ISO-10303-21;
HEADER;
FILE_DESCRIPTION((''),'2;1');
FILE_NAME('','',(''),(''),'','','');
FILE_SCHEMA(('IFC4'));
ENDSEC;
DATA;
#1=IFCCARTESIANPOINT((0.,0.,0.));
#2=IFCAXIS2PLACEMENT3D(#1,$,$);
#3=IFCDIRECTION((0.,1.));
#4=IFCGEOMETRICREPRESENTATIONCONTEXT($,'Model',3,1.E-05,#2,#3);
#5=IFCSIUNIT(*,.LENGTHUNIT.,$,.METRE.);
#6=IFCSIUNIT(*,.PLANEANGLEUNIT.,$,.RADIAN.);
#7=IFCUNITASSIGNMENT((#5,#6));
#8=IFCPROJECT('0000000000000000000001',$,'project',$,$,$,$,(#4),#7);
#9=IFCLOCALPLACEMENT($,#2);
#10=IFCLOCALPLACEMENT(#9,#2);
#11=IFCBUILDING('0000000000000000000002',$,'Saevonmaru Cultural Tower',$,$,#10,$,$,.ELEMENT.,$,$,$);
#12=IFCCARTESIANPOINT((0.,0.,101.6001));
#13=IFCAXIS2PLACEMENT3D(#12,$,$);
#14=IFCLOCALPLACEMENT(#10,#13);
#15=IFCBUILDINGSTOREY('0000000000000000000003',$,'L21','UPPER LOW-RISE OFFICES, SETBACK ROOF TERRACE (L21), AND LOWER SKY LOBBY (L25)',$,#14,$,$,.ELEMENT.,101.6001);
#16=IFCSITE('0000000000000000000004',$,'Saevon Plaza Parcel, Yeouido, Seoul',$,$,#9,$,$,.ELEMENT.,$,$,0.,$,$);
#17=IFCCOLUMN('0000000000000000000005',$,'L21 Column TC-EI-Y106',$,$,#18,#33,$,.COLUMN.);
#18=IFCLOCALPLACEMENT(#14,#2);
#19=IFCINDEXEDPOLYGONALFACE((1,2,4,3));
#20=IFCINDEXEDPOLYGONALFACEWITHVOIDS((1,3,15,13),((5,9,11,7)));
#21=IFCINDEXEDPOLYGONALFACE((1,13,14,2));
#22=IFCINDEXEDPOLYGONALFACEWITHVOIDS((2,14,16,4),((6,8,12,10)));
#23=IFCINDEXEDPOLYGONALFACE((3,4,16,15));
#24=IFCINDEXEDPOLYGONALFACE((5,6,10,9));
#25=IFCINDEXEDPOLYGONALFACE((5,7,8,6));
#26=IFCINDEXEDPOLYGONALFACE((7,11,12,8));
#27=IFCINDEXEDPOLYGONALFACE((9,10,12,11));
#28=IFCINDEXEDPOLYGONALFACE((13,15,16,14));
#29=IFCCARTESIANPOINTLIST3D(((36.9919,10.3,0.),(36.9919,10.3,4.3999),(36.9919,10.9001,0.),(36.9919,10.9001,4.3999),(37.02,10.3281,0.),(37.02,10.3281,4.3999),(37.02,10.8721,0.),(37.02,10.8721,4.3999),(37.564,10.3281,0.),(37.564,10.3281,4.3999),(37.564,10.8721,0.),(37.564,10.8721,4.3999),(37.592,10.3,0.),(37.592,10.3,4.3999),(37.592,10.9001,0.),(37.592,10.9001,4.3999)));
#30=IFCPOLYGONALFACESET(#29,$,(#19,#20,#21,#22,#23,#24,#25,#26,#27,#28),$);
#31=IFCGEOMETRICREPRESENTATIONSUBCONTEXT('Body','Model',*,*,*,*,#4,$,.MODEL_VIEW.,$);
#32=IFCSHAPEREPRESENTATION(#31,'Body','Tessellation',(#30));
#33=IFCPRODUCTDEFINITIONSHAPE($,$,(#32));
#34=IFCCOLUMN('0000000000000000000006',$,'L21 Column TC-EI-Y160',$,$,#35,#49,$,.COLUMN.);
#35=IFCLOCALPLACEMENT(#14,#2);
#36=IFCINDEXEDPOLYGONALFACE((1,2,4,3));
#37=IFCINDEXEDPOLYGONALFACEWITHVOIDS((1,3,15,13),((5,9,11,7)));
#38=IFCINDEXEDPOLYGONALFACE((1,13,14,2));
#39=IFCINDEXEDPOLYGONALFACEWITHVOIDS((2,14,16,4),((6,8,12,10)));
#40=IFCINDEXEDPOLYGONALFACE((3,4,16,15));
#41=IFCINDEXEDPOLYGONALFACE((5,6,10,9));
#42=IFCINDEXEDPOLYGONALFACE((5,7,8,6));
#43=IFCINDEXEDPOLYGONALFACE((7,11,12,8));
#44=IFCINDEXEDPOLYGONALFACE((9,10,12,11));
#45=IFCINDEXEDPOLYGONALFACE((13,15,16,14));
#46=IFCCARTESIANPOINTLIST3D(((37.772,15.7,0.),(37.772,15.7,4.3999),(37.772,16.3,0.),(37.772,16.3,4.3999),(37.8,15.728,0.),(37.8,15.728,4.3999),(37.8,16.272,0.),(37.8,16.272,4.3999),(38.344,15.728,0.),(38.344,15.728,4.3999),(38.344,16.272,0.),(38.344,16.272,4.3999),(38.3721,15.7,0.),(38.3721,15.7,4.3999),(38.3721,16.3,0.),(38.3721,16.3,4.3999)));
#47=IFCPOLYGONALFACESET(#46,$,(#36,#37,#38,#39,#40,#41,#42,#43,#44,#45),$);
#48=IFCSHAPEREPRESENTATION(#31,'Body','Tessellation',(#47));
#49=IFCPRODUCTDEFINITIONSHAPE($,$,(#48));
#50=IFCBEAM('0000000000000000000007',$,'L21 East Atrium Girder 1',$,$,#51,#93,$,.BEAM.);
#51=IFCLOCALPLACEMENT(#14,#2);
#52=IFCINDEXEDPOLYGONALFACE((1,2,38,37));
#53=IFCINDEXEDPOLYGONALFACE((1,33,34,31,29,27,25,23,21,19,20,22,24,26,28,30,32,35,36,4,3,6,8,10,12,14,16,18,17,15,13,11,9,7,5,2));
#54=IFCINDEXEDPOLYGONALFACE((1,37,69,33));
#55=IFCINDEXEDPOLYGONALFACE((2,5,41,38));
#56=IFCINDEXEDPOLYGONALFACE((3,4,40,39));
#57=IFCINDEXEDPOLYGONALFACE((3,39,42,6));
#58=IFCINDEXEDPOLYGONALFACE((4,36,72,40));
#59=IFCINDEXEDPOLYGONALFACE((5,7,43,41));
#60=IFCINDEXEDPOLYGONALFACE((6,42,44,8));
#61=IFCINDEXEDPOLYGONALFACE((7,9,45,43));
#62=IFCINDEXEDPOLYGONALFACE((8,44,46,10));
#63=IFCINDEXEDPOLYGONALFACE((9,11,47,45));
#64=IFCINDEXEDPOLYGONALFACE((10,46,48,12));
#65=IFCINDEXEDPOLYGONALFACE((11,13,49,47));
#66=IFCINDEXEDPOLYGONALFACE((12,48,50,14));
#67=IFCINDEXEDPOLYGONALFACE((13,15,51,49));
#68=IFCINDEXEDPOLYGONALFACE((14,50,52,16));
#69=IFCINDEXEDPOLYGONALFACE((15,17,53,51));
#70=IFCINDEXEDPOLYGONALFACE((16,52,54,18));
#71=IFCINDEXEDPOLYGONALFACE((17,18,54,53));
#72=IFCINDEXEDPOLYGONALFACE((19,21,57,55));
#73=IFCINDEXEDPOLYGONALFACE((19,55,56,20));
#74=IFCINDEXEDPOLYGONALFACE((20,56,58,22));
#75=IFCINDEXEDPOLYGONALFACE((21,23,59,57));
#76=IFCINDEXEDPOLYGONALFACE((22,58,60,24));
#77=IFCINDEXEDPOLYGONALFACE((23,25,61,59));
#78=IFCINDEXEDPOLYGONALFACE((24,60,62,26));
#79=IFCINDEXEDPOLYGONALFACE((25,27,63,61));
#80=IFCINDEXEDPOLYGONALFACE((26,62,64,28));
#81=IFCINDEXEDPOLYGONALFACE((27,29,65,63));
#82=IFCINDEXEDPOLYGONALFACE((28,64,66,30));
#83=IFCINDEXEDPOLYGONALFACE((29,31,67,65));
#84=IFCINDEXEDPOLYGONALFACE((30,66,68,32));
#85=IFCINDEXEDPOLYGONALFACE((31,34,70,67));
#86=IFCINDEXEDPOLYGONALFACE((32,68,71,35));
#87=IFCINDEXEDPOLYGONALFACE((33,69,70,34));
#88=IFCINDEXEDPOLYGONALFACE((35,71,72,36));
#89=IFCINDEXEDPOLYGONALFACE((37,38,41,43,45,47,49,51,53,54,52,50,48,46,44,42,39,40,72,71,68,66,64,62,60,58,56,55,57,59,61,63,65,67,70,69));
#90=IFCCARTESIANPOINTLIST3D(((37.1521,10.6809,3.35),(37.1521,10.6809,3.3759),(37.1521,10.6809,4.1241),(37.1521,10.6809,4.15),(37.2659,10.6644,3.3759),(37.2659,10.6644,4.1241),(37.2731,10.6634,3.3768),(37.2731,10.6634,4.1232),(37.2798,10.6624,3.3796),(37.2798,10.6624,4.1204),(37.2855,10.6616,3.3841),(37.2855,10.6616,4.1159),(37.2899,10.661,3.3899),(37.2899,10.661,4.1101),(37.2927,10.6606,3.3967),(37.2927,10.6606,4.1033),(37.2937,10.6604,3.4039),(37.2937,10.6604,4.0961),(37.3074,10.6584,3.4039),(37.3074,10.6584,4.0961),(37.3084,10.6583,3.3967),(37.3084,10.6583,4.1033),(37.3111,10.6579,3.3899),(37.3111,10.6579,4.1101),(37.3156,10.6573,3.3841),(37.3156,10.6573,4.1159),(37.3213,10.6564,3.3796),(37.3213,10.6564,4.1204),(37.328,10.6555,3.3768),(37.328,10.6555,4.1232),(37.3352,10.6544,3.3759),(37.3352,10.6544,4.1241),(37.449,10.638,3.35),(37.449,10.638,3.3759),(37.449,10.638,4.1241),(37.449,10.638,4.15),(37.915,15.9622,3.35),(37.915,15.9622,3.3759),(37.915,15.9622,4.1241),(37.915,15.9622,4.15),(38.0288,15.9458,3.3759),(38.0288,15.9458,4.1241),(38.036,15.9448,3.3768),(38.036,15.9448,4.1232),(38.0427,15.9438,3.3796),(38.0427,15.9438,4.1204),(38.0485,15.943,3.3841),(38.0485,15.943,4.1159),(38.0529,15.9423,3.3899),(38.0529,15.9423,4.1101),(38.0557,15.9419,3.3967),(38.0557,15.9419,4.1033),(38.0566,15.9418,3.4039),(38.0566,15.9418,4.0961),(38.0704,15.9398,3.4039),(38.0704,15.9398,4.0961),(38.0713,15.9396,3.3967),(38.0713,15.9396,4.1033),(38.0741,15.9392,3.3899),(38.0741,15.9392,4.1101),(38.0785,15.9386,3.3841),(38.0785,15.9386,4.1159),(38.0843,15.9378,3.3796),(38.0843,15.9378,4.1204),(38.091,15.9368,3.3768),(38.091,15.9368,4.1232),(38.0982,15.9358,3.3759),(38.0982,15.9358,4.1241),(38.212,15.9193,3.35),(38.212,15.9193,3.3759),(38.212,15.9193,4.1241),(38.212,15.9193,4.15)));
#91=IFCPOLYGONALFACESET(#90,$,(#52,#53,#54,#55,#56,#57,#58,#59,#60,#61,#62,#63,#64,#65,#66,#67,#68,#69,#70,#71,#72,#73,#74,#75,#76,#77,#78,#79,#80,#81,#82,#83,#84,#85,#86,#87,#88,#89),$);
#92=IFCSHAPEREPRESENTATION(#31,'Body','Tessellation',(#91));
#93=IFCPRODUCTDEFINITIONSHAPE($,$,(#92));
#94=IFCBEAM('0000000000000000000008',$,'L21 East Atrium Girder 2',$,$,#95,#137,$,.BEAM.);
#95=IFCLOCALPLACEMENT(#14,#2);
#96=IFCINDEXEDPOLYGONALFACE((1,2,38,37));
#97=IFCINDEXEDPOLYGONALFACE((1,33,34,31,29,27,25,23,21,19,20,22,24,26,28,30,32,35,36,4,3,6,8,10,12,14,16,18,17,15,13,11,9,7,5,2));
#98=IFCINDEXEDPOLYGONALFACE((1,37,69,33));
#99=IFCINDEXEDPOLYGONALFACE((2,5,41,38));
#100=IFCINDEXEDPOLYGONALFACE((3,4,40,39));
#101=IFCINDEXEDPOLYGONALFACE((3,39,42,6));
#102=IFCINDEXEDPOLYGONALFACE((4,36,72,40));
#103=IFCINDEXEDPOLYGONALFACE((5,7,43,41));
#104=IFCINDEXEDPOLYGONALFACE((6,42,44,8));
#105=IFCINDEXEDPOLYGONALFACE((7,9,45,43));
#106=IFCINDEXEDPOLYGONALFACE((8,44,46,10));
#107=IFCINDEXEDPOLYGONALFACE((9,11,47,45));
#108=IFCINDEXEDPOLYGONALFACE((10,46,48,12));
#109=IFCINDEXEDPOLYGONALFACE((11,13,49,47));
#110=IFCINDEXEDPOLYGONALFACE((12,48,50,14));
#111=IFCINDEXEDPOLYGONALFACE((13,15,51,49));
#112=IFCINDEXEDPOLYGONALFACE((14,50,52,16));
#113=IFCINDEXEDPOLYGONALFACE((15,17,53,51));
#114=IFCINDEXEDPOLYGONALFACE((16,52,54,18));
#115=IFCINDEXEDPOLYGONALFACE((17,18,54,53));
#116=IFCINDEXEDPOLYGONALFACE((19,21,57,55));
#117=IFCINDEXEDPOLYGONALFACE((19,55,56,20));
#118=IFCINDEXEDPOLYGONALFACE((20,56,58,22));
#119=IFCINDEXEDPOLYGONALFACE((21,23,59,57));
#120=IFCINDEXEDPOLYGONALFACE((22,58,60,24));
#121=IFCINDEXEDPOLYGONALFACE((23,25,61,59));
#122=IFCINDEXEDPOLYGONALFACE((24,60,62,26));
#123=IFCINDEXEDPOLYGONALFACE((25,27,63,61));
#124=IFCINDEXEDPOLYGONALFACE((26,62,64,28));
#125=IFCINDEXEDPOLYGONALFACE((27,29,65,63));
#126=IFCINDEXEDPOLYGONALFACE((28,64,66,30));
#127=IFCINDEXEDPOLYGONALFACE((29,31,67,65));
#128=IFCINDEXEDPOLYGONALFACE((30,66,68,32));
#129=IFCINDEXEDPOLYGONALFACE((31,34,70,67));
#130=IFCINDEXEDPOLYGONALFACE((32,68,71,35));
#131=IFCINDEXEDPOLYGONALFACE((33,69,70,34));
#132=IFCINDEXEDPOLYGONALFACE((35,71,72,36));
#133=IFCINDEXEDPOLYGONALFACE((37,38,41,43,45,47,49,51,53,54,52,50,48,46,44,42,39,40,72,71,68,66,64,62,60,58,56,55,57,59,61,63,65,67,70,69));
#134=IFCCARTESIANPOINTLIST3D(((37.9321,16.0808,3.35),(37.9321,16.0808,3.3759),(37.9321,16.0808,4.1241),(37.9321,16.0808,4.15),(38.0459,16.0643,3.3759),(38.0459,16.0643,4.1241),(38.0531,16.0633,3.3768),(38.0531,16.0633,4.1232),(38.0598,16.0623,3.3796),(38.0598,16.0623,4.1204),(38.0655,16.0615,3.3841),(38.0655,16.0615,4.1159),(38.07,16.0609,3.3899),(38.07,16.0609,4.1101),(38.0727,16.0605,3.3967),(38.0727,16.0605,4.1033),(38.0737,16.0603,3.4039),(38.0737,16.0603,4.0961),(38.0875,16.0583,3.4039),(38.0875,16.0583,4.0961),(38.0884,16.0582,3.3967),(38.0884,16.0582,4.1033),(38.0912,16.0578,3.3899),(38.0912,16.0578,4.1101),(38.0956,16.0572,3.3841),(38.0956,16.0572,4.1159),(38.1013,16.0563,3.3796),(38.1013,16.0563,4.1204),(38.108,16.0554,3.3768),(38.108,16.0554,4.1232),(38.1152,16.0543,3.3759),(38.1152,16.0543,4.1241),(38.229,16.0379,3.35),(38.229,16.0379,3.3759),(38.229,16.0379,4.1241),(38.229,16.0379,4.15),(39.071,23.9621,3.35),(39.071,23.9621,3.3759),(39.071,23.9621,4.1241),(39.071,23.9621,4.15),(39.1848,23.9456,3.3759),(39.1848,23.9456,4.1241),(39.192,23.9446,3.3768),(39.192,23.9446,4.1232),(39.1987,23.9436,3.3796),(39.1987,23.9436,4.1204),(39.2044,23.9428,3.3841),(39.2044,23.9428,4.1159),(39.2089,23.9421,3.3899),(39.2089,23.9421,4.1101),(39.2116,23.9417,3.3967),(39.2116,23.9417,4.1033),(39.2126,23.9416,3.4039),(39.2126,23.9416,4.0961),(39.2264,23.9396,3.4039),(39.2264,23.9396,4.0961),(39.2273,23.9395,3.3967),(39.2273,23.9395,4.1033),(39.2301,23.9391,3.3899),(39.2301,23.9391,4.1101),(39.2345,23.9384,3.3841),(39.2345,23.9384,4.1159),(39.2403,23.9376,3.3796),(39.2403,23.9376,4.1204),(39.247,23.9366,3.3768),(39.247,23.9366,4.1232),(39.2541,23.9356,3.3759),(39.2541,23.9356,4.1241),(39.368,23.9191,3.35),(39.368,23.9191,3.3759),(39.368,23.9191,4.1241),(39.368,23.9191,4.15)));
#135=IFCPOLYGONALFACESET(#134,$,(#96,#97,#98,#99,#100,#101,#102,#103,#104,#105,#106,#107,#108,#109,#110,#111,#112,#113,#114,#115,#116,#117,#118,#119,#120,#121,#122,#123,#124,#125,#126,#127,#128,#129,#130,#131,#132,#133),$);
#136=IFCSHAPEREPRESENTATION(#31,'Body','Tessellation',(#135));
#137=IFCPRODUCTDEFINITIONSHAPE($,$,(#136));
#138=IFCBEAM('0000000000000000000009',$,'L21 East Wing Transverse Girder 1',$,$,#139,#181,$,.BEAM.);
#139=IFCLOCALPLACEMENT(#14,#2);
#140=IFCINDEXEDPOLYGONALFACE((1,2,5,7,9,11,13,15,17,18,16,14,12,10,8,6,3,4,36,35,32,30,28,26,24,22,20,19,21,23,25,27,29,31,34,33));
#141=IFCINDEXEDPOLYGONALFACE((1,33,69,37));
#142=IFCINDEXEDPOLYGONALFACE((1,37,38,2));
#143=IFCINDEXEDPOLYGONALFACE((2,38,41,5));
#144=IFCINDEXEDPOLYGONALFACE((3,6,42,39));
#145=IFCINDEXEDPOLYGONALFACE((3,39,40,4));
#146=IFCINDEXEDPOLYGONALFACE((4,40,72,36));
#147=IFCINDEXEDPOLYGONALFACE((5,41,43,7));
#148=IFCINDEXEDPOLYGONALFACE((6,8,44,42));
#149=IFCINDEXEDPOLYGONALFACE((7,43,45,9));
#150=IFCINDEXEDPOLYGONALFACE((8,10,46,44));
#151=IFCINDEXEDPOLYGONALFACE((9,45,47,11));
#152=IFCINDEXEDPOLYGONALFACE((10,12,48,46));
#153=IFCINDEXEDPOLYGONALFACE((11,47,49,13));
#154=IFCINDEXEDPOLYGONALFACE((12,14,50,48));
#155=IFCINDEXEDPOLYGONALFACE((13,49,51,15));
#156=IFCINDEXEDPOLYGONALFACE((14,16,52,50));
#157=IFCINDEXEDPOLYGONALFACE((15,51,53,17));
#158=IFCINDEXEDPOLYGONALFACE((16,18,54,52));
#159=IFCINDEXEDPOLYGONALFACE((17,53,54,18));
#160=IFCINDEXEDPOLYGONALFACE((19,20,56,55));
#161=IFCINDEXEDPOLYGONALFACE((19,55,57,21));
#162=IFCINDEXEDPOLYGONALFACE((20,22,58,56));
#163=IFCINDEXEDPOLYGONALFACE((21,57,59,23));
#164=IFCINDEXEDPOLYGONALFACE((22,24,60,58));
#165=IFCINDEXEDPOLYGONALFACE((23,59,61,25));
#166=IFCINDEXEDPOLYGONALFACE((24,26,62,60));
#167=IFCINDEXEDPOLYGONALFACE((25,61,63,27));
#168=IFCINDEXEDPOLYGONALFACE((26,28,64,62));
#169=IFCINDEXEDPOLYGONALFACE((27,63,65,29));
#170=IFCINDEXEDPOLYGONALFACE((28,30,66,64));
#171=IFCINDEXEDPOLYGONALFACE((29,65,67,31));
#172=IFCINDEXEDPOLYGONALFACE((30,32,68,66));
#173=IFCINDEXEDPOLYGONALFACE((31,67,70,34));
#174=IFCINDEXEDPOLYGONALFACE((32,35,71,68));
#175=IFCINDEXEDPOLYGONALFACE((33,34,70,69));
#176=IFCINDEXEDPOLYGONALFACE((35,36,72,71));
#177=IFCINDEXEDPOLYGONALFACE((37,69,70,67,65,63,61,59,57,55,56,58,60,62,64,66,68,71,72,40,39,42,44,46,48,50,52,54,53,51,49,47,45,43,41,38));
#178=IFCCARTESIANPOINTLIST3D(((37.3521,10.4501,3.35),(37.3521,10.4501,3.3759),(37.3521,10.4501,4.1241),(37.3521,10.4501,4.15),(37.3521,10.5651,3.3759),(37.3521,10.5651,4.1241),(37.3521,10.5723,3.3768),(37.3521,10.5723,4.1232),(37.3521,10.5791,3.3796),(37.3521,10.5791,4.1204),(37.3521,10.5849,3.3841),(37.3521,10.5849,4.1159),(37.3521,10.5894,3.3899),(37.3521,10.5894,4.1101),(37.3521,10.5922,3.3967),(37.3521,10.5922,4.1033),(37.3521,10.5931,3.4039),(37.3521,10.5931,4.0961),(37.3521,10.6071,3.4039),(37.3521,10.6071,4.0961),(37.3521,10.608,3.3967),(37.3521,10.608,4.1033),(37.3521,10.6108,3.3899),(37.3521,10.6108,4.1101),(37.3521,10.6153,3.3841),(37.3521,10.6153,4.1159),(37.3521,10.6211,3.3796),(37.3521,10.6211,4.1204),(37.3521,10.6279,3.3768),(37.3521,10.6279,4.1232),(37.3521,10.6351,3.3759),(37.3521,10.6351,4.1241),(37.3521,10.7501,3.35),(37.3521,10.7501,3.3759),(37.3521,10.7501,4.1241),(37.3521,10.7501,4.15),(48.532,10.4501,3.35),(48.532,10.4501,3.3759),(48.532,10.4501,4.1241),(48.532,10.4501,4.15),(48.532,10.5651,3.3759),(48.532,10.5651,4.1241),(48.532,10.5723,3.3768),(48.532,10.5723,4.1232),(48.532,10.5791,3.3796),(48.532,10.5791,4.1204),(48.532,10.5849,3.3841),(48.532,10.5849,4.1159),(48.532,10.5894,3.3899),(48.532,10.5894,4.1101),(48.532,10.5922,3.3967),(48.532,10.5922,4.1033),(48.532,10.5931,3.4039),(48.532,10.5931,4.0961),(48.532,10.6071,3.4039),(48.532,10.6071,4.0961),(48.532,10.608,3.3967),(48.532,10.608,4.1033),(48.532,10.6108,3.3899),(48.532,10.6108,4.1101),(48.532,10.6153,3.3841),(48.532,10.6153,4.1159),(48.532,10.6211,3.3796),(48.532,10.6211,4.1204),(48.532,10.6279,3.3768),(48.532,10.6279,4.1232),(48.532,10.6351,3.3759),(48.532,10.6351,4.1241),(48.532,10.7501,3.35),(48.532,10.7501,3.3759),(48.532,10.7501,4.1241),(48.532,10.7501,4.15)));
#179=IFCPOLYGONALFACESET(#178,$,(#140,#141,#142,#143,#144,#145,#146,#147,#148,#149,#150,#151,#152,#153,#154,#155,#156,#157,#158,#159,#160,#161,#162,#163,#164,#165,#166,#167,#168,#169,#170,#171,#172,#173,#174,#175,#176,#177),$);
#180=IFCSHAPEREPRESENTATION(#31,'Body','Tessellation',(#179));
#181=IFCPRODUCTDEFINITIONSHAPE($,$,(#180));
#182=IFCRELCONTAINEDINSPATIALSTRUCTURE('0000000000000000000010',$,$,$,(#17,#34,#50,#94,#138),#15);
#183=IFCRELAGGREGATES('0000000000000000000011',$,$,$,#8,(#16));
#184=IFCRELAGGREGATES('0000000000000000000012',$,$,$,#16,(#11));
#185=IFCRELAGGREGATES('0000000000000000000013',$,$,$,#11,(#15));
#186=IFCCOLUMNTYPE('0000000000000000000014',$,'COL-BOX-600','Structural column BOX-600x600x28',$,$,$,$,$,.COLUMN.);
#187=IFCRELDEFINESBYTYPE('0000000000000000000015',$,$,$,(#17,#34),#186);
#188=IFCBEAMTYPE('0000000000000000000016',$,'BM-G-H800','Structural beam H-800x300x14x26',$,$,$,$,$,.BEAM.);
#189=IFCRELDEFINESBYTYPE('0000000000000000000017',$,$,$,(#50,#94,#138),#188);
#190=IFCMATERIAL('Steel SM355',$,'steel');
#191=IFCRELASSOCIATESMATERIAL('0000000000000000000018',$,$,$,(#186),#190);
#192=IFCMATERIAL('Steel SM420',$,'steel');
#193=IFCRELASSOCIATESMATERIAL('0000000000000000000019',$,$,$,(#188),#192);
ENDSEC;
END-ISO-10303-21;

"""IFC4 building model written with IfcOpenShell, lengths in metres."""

from ifc_helpers import new_model, si_unit, direction, frame, origin, origin_2d, place, context, subcontext, project, spatial, hollow_rectangle, i_section, extrude, material, material_profile, profile_set, type_object, element, save


model = new_model("IFC4")

# Units and contexts
model_context = context("Model", 3, precision=1e-05, world=origin(), true_north=direction((0.0, 1.0)))
body_context = subcontext(model_context, "Body", "Model", "MODEL_VIEW")
ifc_project = project(units=[si_unit("LENGTHUNIT", "METRE"), si_unit("PLANEANGLEUNIT", "RADIAN")], contexts=[model_context])

# Site, building, storey
site_placement = place(None, origin())
site = spatial("IfcSite", under=ifc_project, at=site_placement, Name="Saevon Plaza Parcel, Yeouido, Seoul", CompositionType="ELEMENT", RefElevation=0.0)
building_placement = place(site_placement, origin())
building = spatial("IfcBuilding", under=site, at=building_placement, Name="Saevonmaru Cultural Tower", CompositionType="ELEMENT")
storey_placement = place(building_placement, frame((0.0, 0.0, 101.6001)))
storey = spatial("IfcBuildingStorey", under=building, at=storey_placement, Name="L21", Description="UPPER LOW-RISE OFFICES, SETBACK ROOF TERRACE (L21), AND LOWER SKY LOBBY (L25)", CompositionType="ELEMENT", Elevation=101.6001)

# Columns
ifc_material_1 = material(Name="Steel SM355", Category="steel")
ifc_material_profile_1 = material_profile(ifc_material_1, hollow_rectangle(XDim=0.6001, YDim=0.6001, WallThickness=0.0281, at=origin_2d()), Name="BOX-600x600x28")
ifc_profile_set_1 = profile_set([ifc_material_profile_1], Name="Steel SM355")
column_type = type_object("IfcColumnType", Name="COL-BOX-600", Description="Structural column BOX-600x600x28", PredefinedType="COLUMN", material=ifc_profile_set_1)
for number, where, z_axis, x_axis, name in (
    (1, (37.292, 10.6001, 0.0), (0.0, 0.0, 1.0), (1.0, 0.0, 0.0), "L21 Column TC-EI-Y106"),
    (2, (38.072, 16.0, 0.0), (0.0, 0.0, 1.0), (1.0, 0.0, 0.0), "L21 Column TC-EI-Y160"),
):
    element("IfcColumn", number, at=place(storey_placement, frame(where, z_axis=z_axis, x_axis=x_axis)), inside=storey, type_object=column_type, Name=name, PredefinedType="COLUMN", context=body_context, shape_type="SweptSolid", body=[
        extrude(hollow_rectangle(XDim=0.6001, YDim=0.6001, WallThickness=0.0281, at=origin_2d()), origin(), (0.0, 0.0, 1.0), 4.3999),
    ])

# Beams
ifc_material_2 = material(Name="Steel SM420", Category="steel")
ifc_material_profile_2 = material_profile(ifc_material_2, i_section(OverallWidth=0.3, OverallDepth=0.8, WebThickness=0.0139, FlangeThickness=0.0259, FilletRadius=0.0281, at=origin_2d()), Name="H-800x300x14x26")
ifc_profile_set_2 = profile_set([ifc_material_profile_2], Name="Steel SM420")
beam_type_1 = type_object("IfcBeamType", Name="BM-G-H800", Description="Structural beam H-800x300x14x26", PredefinedType="BEAM", material=ifc_profile_set_2)
beam_1_placement = place(storey_placement, frame((37.3005, 10.6594, 3.75), z_axis=(0.142978, 0.989726, 0.0), x_axis=(-0.989726, 0.142978, 0.0)))
element("IfcBeam", 3, at=beam_1_placement, inside=storey, type_object=beam_type_1, Name="L21 East Atrium Girder 1", PredefinedType="BEAM", context=body_context, shape_type="SweptSolid", body=[
    extrude(i_section(OverallWidth=0.3, OverallDepth=0.8, WebThickness=0.0139, FlangeThickness=0.0259, FilletRadius=0.0281, at=origin_2d()), origin(), (0.0, 0.0, 1.0), 5.3362),
])
beam_2_placement = place(storey_placement, frame((38.0806, 16.0593, 3.75), z_axis=(0.143022, 0.989719, 0.0), x_axis=(-0.989719, 0.143022, 0.0)))
element("IfcBeam", 4, at=beam_2_placement, inside=storey, type_object=beam_type_1, Name="L21 East Atrium Girder 2", PredefinedType="BEAM", context=body_context, shape_type="SweptSolid", body=[
    extrude(i_section(OverallWidth=0.3, OverallDepth=0.8, WebThickness=0.0139, FlangeThickness=0.0259, FilletRadius=0.0281, at=origin_2d()), origin(), (0.0, 0.0, 1.0), 7.9631),
])
beam_3_placement = place(storey_placement, frame((37.3521, 10.6001, 3.75), z_axis=(1.0, 0.0, 0.0), x_axis=(0.0, 1.0, 0.0)))
element("IfcBeam", 5, at=beam_3_placement, inside=storey, type_object=beam_type_1, Name="L21 East Wing Transverse Girder 1", PredefinedType="BEAM", context=body_context, shape_type="SweptSolid", body=[
    extrude(i_section(OverallWidth=0.3, OverallDepth=0.8, WebThickness=0.0139, FlangeThickness=0.0259, FilletRadius=0.0281, at=origin_2d()), origin(), (0.0, 0.0, 1.0), 11.1799),
])

save(model, "model.ifc")
